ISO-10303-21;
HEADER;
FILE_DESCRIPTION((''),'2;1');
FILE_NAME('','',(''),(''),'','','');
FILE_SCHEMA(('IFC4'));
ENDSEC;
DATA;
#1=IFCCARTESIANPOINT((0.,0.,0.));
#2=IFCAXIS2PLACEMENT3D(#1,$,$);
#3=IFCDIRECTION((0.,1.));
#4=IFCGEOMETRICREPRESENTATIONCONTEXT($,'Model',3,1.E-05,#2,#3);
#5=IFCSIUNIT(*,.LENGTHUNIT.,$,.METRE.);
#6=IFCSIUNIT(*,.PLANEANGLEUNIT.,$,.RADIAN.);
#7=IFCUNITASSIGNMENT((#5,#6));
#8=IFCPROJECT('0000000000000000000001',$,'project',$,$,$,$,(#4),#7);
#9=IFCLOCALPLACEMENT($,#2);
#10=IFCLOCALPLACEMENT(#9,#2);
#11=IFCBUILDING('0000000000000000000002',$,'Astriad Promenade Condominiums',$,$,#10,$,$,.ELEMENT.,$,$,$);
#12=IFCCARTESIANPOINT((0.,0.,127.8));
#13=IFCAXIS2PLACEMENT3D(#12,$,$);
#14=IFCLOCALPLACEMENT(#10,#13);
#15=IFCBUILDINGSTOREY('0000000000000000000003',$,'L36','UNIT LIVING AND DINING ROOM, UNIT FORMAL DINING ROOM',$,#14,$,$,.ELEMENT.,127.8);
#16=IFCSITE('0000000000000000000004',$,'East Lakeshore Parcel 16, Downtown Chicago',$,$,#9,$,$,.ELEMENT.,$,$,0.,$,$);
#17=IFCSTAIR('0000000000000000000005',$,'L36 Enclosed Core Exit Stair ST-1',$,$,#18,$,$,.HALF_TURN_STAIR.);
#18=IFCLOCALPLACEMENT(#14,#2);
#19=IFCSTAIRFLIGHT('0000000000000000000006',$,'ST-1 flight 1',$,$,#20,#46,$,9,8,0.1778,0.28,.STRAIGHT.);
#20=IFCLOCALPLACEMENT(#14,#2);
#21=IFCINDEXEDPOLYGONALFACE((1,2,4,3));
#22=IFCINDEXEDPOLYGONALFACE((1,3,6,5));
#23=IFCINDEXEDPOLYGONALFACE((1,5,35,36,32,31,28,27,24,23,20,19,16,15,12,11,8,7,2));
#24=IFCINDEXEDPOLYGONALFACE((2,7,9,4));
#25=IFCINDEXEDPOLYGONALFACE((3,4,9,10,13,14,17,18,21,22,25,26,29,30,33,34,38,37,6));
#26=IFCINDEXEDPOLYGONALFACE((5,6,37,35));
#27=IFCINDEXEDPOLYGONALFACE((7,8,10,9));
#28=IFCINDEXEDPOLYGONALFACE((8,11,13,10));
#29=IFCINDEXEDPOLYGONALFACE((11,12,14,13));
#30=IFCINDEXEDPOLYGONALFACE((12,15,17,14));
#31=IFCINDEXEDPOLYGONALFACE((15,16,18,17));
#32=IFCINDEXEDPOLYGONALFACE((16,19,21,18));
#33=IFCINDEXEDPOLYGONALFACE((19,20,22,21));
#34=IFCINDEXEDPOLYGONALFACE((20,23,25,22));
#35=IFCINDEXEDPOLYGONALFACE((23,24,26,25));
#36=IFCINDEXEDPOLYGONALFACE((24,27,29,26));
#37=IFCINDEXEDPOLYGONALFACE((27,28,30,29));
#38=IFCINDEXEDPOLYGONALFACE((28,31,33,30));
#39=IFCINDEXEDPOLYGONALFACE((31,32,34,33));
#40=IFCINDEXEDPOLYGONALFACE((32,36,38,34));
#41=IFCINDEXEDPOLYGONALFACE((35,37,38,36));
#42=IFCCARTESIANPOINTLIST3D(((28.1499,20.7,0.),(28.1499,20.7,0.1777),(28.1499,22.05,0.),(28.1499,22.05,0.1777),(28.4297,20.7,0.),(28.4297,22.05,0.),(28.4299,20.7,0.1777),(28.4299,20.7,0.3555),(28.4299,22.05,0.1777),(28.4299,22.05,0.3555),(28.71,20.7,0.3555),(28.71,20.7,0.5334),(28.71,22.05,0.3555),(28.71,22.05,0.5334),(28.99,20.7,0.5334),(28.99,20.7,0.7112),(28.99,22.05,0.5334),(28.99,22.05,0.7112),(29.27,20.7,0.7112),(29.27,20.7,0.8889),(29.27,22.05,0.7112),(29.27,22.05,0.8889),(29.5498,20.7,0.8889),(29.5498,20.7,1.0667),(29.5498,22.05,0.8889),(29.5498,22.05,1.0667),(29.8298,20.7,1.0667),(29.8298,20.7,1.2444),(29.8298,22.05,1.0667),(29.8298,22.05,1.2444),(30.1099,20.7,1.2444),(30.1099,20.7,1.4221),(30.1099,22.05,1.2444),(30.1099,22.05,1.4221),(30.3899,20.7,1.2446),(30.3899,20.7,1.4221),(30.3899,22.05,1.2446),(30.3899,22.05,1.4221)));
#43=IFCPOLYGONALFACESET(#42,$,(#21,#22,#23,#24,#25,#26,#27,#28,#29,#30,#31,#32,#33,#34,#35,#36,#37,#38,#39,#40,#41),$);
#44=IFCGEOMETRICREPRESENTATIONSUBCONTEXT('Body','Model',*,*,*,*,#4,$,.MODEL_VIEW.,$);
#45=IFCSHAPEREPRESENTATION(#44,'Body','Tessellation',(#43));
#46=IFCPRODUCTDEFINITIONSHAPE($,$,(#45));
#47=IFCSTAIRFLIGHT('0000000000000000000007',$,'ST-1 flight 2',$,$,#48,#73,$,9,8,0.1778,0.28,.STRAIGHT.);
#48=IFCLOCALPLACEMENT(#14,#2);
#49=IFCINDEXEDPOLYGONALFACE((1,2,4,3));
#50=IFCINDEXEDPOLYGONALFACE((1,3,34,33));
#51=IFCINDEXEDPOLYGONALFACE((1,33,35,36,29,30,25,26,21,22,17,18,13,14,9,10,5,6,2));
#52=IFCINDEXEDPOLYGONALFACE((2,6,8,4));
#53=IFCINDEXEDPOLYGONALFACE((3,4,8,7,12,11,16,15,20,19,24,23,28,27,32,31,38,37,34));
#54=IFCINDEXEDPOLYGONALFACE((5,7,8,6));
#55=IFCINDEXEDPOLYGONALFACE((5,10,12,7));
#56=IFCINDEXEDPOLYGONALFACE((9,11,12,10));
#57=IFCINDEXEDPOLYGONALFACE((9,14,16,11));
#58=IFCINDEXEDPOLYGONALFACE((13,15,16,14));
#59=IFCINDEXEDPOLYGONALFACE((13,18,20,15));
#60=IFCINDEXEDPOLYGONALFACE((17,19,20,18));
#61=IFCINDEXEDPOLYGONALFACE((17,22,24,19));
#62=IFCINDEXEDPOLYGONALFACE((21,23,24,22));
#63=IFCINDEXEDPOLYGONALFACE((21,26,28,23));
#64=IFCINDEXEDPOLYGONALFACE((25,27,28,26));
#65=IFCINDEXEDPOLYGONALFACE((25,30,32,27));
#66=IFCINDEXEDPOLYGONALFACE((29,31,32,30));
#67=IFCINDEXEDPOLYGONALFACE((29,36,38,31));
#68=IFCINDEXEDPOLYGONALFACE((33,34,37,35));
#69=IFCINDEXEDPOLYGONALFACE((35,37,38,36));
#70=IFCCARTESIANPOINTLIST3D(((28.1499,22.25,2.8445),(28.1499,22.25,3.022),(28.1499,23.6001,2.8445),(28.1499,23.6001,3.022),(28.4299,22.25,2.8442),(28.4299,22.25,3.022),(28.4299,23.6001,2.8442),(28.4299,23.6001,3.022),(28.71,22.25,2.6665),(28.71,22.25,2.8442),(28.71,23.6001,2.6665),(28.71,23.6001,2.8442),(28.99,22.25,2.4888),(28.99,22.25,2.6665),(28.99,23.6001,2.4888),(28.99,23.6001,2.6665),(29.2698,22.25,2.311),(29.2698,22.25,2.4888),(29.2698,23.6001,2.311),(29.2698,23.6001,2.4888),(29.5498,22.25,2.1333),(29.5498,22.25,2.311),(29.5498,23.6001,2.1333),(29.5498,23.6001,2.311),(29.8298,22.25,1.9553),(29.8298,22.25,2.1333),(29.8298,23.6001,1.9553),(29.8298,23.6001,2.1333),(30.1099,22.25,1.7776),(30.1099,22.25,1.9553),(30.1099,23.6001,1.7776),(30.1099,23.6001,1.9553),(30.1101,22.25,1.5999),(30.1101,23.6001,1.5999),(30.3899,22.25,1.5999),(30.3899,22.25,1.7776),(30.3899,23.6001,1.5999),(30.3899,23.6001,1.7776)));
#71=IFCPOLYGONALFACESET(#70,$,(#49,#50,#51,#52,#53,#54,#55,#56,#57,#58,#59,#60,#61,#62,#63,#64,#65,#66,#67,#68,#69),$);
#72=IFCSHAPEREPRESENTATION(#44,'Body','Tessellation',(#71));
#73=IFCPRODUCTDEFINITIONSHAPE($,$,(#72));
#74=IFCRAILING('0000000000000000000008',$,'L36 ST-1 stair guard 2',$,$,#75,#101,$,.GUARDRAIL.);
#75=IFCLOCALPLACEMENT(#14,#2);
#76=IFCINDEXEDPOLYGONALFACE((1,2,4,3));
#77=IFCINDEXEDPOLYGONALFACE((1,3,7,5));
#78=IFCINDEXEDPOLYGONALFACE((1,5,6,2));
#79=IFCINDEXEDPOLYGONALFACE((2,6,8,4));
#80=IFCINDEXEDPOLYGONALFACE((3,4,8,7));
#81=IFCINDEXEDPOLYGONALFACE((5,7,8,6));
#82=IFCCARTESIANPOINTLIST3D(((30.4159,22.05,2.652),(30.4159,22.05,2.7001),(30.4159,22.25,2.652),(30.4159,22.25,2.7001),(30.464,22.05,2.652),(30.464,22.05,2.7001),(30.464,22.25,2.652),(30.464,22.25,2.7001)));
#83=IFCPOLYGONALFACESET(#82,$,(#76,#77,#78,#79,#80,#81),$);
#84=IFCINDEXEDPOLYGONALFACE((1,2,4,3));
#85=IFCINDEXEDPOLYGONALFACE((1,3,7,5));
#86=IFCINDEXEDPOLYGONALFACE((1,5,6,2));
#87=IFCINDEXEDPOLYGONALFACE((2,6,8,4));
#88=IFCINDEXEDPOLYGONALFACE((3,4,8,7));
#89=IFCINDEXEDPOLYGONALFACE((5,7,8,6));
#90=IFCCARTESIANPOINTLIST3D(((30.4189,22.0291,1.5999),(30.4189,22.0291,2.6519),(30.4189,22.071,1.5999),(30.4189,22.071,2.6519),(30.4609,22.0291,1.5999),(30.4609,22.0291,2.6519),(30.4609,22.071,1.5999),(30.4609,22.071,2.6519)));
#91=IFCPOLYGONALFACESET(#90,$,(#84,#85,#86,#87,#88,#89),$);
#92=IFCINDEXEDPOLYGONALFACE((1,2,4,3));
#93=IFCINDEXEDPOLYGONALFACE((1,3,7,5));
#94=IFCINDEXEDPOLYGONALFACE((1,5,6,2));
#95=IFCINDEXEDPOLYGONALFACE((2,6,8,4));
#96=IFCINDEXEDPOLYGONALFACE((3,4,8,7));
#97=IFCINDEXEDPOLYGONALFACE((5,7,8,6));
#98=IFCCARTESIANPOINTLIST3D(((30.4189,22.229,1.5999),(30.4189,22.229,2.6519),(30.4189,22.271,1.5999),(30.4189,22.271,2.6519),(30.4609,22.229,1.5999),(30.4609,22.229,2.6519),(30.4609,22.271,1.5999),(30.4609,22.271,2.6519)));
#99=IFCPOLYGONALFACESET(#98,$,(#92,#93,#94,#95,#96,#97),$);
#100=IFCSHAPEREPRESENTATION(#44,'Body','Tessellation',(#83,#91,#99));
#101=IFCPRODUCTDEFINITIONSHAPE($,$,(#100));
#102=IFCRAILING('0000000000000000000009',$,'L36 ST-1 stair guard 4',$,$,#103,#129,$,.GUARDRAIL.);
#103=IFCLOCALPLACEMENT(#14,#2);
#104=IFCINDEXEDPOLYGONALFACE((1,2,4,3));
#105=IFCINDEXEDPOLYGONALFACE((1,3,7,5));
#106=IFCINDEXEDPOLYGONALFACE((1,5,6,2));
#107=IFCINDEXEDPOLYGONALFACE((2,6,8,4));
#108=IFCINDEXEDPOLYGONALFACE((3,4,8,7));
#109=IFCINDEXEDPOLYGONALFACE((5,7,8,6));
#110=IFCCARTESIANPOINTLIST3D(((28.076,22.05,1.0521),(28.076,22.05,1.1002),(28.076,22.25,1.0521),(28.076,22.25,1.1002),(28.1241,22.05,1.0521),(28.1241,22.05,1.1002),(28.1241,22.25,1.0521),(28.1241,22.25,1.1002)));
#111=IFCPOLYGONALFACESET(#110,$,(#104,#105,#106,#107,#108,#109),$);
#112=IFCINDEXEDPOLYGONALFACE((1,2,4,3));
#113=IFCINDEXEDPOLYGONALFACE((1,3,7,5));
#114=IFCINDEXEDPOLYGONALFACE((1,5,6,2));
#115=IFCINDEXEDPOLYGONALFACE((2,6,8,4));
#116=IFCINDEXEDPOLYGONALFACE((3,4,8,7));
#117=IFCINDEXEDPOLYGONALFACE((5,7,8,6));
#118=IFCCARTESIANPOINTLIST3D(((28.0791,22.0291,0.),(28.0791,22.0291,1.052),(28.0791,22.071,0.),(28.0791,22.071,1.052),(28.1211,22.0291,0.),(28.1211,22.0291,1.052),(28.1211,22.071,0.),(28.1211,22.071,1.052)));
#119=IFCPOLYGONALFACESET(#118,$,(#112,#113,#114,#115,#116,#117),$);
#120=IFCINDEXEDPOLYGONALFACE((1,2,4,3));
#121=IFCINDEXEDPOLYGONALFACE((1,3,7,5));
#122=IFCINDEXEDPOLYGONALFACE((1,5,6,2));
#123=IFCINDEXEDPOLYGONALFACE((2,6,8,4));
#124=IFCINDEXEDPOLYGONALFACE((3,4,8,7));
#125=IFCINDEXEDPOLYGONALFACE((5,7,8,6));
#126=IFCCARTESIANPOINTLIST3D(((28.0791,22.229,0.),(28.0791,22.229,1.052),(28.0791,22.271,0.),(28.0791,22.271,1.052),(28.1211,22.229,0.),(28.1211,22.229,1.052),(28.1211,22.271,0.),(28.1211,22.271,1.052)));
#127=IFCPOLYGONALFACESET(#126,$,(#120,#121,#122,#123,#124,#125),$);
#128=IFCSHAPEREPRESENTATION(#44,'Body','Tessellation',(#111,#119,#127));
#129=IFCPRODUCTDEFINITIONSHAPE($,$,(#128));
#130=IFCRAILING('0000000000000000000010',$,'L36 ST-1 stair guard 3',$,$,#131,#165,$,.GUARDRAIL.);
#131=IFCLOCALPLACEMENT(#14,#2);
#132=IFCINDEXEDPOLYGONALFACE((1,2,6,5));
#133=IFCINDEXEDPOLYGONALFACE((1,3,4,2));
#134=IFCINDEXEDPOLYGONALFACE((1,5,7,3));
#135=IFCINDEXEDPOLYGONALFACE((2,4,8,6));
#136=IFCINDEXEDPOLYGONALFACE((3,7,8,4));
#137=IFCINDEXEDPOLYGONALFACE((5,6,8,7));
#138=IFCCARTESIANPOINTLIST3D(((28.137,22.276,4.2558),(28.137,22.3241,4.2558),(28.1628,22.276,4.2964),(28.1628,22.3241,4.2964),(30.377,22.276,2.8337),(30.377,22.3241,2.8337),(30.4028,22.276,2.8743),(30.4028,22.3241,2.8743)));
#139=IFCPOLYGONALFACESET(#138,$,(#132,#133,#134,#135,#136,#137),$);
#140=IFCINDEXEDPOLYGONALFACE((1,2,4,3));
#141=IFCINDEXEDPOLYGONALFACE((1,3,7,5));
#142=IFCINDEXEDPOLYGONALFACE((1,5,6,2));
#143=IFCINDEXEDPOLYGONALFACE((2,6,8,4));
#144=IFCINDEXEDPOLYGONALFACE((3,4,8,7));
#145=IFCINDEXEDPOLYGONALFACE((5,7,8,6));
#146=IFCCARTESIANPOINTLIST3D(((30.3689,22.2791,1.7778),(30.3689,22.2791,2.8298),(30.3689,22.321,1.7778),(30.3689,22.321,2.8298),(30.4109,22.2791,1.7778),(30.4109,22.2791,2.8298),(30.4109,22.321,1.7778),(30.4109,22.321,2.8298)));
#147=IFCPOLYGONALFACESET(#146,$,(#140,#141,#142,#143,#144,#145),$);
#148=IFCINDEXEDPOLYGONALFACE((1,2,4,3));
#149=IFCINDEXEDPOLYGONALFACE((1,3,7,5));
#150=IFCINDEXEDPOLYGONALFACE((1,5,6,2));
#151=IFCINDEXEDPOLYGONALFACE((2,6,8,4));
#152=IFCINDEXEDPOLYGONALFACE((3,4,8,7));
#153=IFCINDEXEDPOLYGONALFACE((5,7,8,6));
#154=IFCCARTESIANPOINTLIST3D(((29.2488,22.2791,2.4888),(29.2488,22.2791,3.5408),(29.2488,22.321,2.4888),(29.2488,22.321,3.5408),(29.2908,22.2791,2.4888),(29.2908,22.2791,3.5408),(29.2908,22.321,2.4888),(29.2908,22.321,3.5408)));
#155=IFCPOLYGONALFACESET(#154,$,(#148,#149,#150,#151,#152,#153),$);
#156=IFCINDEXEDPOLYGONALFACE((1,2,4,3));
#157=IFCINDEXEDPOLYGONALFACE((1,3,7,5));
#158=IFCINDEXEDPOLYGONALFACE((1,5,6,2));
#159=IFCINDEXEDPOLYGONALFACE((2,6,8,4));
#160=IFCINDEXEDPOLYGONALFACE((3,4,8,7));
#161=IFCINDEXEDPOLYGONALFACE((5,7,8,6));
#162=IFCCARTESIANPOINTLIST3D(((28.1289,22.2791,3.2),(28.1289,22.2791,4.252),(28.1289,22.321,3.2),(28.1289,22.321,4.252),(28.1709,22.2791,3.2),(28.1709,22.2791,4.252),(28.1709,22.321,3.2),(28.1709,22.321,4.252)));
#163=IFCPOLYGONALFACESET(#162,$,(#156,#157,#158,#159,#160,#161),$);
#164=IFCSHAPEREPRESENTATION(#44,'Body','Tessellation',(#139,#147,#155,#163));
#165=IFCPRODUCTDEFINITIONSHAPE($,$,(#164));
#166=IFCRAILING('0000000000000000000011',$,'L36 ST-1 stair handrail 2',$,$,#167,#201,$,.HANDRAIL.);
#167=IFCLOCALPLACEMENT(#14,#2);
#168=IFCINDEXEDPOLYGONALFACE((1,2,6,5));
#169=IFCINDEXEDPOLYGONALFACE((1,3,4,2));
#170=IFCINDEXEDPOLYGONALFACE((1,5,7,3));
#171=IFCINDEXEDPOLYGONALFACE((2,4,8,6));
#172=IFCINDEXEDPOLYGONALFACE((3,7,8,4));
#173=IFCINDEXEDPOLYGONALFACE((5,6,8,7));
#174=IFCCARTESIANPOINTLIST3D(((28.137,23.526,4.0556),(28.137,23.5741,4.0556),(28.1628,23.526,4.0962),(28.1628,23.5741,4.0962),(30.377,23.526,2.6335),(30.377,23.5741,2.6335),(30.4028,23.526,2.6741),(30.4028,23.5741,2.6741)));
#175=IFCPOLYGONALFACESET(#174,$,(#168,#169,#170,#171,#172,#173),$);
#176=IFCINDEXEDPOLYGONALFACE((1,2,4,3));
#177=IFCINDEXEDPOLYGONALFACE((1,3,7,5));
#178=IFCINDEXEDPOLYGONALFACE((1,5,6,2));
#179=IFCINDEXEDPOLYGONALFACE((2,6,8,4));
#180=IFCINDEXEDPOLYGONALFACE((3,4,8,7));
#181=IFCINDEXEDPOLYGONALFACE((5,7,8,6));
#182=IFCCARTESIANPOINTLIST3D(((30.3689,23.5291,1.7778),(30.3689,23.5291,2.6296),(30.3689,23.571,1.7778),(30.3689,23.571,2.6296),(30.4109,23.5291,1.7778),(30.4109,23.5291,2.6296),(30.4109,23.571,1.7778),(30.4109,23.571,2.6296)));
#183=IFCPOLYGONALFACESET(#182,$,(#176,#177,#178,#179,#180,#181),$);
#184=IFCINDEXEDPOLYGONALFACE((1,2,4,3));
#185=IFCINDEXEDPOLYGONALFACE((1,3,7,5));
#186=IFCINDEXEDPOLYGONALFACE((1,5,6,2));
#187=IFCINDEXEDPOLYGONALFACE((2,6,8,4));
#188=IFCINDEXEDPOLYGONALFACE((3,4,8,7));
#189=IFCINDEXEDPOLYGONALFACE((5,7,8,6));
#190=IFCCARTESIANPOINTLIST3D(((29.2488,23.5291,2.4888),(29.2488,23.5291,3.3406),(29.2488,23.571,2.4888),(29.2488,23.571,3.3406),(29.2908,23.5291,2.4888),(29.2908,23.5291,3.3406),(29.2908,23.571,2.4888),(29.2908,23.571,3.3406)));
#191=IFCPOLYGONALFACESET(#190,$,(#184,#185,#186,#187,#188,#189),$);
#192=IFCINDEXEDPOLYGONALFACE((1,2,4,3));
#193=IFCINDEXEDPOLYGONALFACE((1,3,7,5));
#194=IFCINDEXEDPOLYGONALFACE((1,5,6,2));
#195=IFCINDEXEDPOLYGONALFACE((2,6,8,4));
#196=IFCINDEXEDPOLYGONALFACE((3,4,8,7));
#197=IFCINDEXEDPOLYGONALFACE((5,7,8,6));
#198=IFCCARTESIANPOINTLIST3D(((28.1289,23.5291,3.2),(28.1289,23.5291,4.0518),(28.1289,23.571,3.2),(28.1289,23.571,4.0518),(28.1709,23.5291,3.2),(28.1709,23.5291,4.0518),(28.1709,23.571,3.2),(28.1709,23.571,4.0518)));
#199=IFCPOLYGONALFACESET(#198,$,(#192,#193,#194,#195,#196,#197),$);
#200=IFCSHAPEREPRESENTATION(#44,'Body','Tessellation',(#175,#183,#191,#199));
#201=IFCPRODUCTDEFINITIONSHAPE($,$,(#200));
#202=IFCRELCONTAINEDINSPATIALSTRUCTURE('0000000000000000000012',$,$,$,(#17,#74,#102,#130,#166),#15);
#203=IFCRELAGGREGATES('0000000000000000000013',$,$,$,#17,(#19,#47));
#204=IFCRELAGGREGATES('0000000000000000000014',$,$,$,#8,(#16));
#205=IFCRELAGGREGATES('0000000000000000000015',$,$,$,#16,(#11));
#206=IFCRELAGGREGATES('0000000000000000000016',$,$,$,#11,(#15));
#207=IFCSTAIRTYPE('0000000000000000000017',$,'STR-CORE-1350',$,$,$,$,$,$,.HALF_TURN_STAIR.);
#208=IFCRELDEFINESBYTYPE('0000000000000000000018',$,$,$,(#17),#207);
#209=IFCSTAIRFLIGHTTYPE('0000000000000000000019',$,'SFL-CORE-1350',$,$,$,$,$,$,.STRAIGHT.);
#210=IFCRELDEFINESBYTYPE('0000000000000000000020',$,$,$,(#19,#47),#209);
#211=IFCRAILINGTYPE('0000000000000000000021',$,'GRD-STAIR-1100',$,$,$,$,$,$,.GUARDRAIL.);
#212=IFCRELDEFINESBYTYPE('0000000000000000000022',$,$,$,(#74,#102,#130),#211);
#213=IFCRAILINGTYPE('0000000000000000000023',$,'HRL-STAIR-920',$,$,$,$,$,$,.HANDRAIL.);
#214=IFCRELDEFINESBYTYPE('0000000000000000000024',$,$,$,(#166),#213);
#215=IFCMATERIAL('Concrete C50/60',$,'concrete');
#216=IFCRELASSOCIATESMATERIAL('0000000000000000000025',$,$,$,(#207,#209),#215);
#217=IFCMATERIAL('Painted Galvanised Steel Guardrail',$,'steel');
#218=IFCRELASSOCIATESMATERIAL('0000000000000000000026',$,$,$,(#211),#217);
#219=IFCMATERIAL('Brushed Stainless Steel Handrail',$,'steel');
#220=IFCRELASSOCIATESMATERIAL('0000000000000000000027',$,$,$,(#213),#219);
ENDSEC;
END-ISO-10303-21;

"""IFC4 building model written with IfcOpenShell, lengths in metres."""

from ifc_helpers import new_model, si_unit, direction, frame, origin, origin_2d, place, context, subcontext, project, spatial, polyline, rectangle, outline, extrude, source, transform, mapped, material, type_object, type_shapes, element, aggregate, save


model = new_model("IFC4")

# Units and contexts
model_context = context("Model", 3, precision=1e-05, world=origin(), true_north=direction((0.0, 1.0)))
body_context = subcontext(model_context, "Body", "Model", "MODEL_VIEW")
ifc_project = project(units=[si_unit("LENGTHUNIT", "METRE"), si_unit("PLANEANGLEUNIT", "RADIAN")], contexts=[model_context])

# Site, building, storey
site_placement = place(None, origin())
site = spatial("IfcSite", under=ifc_project, at=site_placement, Name="East Lakeshore Parcel 16, Downtown Chicago", CompositionType="ELEMENT", RefElevation=0.0)
building_placement = place(site_placement, origin())
building = spatial("IfcBuilding", under=site, at=building_placement, Name="Astriad Promenade Condominiums", CompositionType="ELEMENT")
storey_placement = place(building_placement, frame((0.0, 0.0, 127.8)))
storey = spatial("IfcBuildingStorey", under=building, at=storey_placement, Name="L36", Description="UNIT LIVING AND DINING ROOM, UNIT FORMAL DINING ROOM", CompositionType="ELEMENT", Elevation=127.8)

# Shared definitions
ifc_material_1 = material(Name="Concrete C50/60", Category="concrete")

# Stair, stair flights
stair_type = type_object("IfcStairType", Name="STR-CORE-1350", PredefinedType="HALF_TURN_STAIR", material=ifc_material_1)
stair_placement = place(storey_placement, origin())
stair = element("IfcStair", 1, at=stair_placement, inside=storey, type_object=stair_type, Name="L36 Enclosed Core Exit Stair ST-1", PredefinedType="HALF_TURN_STAIR")
stair_flight_type = type_object("IfcStairFlightType", Name="SFL-CORE-1350", PredefinedType="STRAIGHT", material=ifc_material_1)
shared_shape_1 = source(origin(), body_context, "Body", "SweptSolid", [
    extrude(outline(polyline([(0.0, 0.0), (0.0, 0.1777), (0.28, 0.1777), (0.28, 0.3555), (0.5601, 0.3555), (0.5601, 0.5334), (0.8401, 0.5334), (0.8401, 0.7112), (1.1201, 0.7112), (1.1201, 0.8889), (1.3999, 0.8889), (1.3999, 1.0667), (1.6799, 1.0667), (1.6799, 1.2444), (1.96, 1.2444), (1.96, 1.4221), (2.24, 1.4221), (2.24, 1.6001), (2.24, 1.2446), (0.2798, 0.0), (0.0, 0.0)])), frame((0.0, 0.675, 0.0), z_axis=(0.0, -1.0, 0.0), x_axis=(1.0, 0.0, 0.0)), (0.0, 0.0, 1.0), 1.3501),
])
type_shapes(stair_flight_type, [shared_shape_1])
stair_flight_1_placement = place(storey_placement, frame((28.1499, 21.375, 0.0), z_axis=(0.0, 0.0, 1.0), x_axis=(1.0, 0.0, 0.0)))
stair_flight_1 = element("IfcStairFlight", 2, at=stair_flight_1_placement, type_object=stair_flight_type, Name="ST-1 flight 1", NumberOfRisers=9, NumberOfTreads=8, PredefinedType="STRAIGHT", RiserHeight=0.1778, TreadLength=0.28, context=body_context, shape_type="MappedRepresentation", body=[
    mapped(shared_shape_1, transform((0.0, 0.0, 0.0), scale=1.0)),
])
stair_flight_2_placement = place(storey_placement, frame((30.3899, 22.925, 1.5999), z_axis=(0.0, 0.0, 1.0), x_axis=(-1.0, 0.0, 0.0)))
stair_flight_2 = element("IfcStairFlight", 3, at=stair_flight_2_placement, type_object=stair_flight_type, Name="ST-1 flight 2", NumberOfRisers=9, NumberOfTreads=8, PredefinedType="STRAIGHT", RiserHeight=0.1778, TreadLength=0.28, context=body_context, shape_type="MappedRepresentation", body=[
    mapped(shared_shape_1, transform((0.0, 0.0, 0.0), scale=1.0)),
])
aggregate(stair, [stair_flight_1, stair_flight_2])

# Railings
ifc_material_2 = material(Name="Painted Galvanised Steel Guardrail", Category="steel")
railing_type_1 = type_object("IfcRailingType", Name="GRD-STAIR-1100", PredefinedType="GUARDRAIL", material=ifc_material_2)
shared_shape_2 = source(origin(), body_context, "Body", "SweptSolid", [
    extrude(rectangle(XDim=0.0481, YDim=0.0481, at=origin_2d()), frame((0.0, 0.0, 1.0762), z_axis=(0.0, 1.0, 0.0), x_axis=(-1.0, 0.0, 0.0)), (0.0, 0.0, 1.0), 0.2),
    extrude(rectangle(XDim=0.042, YDim=0.042, at=origin_2d()), origin(), (0.0, 0.0, 1.0), 1.052),
    extrude(rectangle(XDim=0.042, YDim=0.042, at=origin_2d()), frame((0.0, 0.2, 0.0)), (0.0, 0.0, 1.0), 1.052),
])
for number, where, name in (
    (4, (30.4399, 22.05, 1.5999), "L36 ST-1 stair guard 2"),
    (5, (28.1001, 22.05, 0.0), "L36 ST-1 stair guard 4"),
):
    element("IfcRailing", number, at=place(storey_placement, frame(where)), inside=storey, type_object=railing_type_1, Name=name, PredefinedType="GUARDRAIL", context=body_context, shape_type="MappedRepresentation", body=[
        mapped(shared_shape_2, transform((0.0, 0.0, 0.0), scale=1.0)),
    ])
shared_shape_3 = source(origin(), body_context, "Body", "SweptSolid", [
    extrude(rectangle(XDim=0.0481, YDim=0.0481, at=origin_2d()), frame((0.0, 0.0, 1.0762), z_axis=(-0.844229, 0.0, 0.535982), x_axis=(0.0, -1.0, 0.0)), (0.0, 0.0, 1.0), 2.6533),
    extrude(rectangle(XDim=0.042, YDim=0.042, at=origin_2d()), origin(), (0.0, 0.0, 1.0), 1.052),
    extrude(rectangle(XDim=0.042, YDim=0.042, at=origin_2d()), frame((-1.1201, 0.0, 0.7109)), (0.0, 0.0, 1.0), 1.052),
    extrude(rectangle(XDim=0.042, YDim=0.042, at=origin_2d()), frame((-2.24, 0.0, 1.4221)), (0.0, 0.0, 1.0), 1.052),
])
railing_1_placement = place(storey_placement, frame((30.3899, 22.3, 1.7778)))
element("IfcRailing", 6, at=railing_1_placement, inside=storey, type_object=railing_type_1, Name="L36 ST-1 stair guard 3", PredefinedType="GUARDRAIL", context=body_context, shape_type="MappedRepresentation", body=[
    mapped(shared_shape_3, transform((0.0, 0.0, 0.0), scale=1.0)),
])
ifc_material_3 = material(Name="Brushed Stainless Steel Handrail", Category="steel")
railing_type_2 = type_object("IfcRailingType", Name="HRL-STAIR-920", PredefinedType="HANDRAIL", material=ifc_material_3)
shared_shape_4 = source(origin(), body_context, "Body", "SweptSolid", [
    extrude(rectangle(XDim=0.0481, YDim=0.0481, at=origin_2d()), frame((0.0, 0.0, 0.876), z_axis=(-0.844229, 0.0, 0.535982), x_axis=(0.0, -1.0, 0.0)), (0.0, 0.0, 1.0), 2.6533),
    extrude(rectangle(XDim=0.042, YDim=0.042, at=origin_2d()), origin(), (0.0, 0.0, 1.0), 0.8518),
    extrude(rectangle(XDim=0.042, YDim=0.042, at=origin_2d()), frame((-1.1201, 0.0, 0.7109)), (0.0, 0.0, 1.0), 0.8518),
    extrude(rectangle(XDim=0.042, YDim=0.042, at=origin_2d()), frame((-2.24, 0.0, 1.4221)), (0.0, 0.0, 1.0), 0.8518),
])
railing_2_placement = place(storey_placement, frame((30.3899, 23.55, 1.7778)))
element("IfcRailing", 7, at=railing_2_placement, inside=storey, type_object=railing_type_2, Name="L36 ST-1 stair handrail 2", PredefinedType="HANDRAIL", context=body_context, shape_type="MappedRepresentation", body=[
    mapped(shared_shape_4, transform((0.0, 0.0, 0.0), scale=1.0)),
])

save(model, "model.ifc")
